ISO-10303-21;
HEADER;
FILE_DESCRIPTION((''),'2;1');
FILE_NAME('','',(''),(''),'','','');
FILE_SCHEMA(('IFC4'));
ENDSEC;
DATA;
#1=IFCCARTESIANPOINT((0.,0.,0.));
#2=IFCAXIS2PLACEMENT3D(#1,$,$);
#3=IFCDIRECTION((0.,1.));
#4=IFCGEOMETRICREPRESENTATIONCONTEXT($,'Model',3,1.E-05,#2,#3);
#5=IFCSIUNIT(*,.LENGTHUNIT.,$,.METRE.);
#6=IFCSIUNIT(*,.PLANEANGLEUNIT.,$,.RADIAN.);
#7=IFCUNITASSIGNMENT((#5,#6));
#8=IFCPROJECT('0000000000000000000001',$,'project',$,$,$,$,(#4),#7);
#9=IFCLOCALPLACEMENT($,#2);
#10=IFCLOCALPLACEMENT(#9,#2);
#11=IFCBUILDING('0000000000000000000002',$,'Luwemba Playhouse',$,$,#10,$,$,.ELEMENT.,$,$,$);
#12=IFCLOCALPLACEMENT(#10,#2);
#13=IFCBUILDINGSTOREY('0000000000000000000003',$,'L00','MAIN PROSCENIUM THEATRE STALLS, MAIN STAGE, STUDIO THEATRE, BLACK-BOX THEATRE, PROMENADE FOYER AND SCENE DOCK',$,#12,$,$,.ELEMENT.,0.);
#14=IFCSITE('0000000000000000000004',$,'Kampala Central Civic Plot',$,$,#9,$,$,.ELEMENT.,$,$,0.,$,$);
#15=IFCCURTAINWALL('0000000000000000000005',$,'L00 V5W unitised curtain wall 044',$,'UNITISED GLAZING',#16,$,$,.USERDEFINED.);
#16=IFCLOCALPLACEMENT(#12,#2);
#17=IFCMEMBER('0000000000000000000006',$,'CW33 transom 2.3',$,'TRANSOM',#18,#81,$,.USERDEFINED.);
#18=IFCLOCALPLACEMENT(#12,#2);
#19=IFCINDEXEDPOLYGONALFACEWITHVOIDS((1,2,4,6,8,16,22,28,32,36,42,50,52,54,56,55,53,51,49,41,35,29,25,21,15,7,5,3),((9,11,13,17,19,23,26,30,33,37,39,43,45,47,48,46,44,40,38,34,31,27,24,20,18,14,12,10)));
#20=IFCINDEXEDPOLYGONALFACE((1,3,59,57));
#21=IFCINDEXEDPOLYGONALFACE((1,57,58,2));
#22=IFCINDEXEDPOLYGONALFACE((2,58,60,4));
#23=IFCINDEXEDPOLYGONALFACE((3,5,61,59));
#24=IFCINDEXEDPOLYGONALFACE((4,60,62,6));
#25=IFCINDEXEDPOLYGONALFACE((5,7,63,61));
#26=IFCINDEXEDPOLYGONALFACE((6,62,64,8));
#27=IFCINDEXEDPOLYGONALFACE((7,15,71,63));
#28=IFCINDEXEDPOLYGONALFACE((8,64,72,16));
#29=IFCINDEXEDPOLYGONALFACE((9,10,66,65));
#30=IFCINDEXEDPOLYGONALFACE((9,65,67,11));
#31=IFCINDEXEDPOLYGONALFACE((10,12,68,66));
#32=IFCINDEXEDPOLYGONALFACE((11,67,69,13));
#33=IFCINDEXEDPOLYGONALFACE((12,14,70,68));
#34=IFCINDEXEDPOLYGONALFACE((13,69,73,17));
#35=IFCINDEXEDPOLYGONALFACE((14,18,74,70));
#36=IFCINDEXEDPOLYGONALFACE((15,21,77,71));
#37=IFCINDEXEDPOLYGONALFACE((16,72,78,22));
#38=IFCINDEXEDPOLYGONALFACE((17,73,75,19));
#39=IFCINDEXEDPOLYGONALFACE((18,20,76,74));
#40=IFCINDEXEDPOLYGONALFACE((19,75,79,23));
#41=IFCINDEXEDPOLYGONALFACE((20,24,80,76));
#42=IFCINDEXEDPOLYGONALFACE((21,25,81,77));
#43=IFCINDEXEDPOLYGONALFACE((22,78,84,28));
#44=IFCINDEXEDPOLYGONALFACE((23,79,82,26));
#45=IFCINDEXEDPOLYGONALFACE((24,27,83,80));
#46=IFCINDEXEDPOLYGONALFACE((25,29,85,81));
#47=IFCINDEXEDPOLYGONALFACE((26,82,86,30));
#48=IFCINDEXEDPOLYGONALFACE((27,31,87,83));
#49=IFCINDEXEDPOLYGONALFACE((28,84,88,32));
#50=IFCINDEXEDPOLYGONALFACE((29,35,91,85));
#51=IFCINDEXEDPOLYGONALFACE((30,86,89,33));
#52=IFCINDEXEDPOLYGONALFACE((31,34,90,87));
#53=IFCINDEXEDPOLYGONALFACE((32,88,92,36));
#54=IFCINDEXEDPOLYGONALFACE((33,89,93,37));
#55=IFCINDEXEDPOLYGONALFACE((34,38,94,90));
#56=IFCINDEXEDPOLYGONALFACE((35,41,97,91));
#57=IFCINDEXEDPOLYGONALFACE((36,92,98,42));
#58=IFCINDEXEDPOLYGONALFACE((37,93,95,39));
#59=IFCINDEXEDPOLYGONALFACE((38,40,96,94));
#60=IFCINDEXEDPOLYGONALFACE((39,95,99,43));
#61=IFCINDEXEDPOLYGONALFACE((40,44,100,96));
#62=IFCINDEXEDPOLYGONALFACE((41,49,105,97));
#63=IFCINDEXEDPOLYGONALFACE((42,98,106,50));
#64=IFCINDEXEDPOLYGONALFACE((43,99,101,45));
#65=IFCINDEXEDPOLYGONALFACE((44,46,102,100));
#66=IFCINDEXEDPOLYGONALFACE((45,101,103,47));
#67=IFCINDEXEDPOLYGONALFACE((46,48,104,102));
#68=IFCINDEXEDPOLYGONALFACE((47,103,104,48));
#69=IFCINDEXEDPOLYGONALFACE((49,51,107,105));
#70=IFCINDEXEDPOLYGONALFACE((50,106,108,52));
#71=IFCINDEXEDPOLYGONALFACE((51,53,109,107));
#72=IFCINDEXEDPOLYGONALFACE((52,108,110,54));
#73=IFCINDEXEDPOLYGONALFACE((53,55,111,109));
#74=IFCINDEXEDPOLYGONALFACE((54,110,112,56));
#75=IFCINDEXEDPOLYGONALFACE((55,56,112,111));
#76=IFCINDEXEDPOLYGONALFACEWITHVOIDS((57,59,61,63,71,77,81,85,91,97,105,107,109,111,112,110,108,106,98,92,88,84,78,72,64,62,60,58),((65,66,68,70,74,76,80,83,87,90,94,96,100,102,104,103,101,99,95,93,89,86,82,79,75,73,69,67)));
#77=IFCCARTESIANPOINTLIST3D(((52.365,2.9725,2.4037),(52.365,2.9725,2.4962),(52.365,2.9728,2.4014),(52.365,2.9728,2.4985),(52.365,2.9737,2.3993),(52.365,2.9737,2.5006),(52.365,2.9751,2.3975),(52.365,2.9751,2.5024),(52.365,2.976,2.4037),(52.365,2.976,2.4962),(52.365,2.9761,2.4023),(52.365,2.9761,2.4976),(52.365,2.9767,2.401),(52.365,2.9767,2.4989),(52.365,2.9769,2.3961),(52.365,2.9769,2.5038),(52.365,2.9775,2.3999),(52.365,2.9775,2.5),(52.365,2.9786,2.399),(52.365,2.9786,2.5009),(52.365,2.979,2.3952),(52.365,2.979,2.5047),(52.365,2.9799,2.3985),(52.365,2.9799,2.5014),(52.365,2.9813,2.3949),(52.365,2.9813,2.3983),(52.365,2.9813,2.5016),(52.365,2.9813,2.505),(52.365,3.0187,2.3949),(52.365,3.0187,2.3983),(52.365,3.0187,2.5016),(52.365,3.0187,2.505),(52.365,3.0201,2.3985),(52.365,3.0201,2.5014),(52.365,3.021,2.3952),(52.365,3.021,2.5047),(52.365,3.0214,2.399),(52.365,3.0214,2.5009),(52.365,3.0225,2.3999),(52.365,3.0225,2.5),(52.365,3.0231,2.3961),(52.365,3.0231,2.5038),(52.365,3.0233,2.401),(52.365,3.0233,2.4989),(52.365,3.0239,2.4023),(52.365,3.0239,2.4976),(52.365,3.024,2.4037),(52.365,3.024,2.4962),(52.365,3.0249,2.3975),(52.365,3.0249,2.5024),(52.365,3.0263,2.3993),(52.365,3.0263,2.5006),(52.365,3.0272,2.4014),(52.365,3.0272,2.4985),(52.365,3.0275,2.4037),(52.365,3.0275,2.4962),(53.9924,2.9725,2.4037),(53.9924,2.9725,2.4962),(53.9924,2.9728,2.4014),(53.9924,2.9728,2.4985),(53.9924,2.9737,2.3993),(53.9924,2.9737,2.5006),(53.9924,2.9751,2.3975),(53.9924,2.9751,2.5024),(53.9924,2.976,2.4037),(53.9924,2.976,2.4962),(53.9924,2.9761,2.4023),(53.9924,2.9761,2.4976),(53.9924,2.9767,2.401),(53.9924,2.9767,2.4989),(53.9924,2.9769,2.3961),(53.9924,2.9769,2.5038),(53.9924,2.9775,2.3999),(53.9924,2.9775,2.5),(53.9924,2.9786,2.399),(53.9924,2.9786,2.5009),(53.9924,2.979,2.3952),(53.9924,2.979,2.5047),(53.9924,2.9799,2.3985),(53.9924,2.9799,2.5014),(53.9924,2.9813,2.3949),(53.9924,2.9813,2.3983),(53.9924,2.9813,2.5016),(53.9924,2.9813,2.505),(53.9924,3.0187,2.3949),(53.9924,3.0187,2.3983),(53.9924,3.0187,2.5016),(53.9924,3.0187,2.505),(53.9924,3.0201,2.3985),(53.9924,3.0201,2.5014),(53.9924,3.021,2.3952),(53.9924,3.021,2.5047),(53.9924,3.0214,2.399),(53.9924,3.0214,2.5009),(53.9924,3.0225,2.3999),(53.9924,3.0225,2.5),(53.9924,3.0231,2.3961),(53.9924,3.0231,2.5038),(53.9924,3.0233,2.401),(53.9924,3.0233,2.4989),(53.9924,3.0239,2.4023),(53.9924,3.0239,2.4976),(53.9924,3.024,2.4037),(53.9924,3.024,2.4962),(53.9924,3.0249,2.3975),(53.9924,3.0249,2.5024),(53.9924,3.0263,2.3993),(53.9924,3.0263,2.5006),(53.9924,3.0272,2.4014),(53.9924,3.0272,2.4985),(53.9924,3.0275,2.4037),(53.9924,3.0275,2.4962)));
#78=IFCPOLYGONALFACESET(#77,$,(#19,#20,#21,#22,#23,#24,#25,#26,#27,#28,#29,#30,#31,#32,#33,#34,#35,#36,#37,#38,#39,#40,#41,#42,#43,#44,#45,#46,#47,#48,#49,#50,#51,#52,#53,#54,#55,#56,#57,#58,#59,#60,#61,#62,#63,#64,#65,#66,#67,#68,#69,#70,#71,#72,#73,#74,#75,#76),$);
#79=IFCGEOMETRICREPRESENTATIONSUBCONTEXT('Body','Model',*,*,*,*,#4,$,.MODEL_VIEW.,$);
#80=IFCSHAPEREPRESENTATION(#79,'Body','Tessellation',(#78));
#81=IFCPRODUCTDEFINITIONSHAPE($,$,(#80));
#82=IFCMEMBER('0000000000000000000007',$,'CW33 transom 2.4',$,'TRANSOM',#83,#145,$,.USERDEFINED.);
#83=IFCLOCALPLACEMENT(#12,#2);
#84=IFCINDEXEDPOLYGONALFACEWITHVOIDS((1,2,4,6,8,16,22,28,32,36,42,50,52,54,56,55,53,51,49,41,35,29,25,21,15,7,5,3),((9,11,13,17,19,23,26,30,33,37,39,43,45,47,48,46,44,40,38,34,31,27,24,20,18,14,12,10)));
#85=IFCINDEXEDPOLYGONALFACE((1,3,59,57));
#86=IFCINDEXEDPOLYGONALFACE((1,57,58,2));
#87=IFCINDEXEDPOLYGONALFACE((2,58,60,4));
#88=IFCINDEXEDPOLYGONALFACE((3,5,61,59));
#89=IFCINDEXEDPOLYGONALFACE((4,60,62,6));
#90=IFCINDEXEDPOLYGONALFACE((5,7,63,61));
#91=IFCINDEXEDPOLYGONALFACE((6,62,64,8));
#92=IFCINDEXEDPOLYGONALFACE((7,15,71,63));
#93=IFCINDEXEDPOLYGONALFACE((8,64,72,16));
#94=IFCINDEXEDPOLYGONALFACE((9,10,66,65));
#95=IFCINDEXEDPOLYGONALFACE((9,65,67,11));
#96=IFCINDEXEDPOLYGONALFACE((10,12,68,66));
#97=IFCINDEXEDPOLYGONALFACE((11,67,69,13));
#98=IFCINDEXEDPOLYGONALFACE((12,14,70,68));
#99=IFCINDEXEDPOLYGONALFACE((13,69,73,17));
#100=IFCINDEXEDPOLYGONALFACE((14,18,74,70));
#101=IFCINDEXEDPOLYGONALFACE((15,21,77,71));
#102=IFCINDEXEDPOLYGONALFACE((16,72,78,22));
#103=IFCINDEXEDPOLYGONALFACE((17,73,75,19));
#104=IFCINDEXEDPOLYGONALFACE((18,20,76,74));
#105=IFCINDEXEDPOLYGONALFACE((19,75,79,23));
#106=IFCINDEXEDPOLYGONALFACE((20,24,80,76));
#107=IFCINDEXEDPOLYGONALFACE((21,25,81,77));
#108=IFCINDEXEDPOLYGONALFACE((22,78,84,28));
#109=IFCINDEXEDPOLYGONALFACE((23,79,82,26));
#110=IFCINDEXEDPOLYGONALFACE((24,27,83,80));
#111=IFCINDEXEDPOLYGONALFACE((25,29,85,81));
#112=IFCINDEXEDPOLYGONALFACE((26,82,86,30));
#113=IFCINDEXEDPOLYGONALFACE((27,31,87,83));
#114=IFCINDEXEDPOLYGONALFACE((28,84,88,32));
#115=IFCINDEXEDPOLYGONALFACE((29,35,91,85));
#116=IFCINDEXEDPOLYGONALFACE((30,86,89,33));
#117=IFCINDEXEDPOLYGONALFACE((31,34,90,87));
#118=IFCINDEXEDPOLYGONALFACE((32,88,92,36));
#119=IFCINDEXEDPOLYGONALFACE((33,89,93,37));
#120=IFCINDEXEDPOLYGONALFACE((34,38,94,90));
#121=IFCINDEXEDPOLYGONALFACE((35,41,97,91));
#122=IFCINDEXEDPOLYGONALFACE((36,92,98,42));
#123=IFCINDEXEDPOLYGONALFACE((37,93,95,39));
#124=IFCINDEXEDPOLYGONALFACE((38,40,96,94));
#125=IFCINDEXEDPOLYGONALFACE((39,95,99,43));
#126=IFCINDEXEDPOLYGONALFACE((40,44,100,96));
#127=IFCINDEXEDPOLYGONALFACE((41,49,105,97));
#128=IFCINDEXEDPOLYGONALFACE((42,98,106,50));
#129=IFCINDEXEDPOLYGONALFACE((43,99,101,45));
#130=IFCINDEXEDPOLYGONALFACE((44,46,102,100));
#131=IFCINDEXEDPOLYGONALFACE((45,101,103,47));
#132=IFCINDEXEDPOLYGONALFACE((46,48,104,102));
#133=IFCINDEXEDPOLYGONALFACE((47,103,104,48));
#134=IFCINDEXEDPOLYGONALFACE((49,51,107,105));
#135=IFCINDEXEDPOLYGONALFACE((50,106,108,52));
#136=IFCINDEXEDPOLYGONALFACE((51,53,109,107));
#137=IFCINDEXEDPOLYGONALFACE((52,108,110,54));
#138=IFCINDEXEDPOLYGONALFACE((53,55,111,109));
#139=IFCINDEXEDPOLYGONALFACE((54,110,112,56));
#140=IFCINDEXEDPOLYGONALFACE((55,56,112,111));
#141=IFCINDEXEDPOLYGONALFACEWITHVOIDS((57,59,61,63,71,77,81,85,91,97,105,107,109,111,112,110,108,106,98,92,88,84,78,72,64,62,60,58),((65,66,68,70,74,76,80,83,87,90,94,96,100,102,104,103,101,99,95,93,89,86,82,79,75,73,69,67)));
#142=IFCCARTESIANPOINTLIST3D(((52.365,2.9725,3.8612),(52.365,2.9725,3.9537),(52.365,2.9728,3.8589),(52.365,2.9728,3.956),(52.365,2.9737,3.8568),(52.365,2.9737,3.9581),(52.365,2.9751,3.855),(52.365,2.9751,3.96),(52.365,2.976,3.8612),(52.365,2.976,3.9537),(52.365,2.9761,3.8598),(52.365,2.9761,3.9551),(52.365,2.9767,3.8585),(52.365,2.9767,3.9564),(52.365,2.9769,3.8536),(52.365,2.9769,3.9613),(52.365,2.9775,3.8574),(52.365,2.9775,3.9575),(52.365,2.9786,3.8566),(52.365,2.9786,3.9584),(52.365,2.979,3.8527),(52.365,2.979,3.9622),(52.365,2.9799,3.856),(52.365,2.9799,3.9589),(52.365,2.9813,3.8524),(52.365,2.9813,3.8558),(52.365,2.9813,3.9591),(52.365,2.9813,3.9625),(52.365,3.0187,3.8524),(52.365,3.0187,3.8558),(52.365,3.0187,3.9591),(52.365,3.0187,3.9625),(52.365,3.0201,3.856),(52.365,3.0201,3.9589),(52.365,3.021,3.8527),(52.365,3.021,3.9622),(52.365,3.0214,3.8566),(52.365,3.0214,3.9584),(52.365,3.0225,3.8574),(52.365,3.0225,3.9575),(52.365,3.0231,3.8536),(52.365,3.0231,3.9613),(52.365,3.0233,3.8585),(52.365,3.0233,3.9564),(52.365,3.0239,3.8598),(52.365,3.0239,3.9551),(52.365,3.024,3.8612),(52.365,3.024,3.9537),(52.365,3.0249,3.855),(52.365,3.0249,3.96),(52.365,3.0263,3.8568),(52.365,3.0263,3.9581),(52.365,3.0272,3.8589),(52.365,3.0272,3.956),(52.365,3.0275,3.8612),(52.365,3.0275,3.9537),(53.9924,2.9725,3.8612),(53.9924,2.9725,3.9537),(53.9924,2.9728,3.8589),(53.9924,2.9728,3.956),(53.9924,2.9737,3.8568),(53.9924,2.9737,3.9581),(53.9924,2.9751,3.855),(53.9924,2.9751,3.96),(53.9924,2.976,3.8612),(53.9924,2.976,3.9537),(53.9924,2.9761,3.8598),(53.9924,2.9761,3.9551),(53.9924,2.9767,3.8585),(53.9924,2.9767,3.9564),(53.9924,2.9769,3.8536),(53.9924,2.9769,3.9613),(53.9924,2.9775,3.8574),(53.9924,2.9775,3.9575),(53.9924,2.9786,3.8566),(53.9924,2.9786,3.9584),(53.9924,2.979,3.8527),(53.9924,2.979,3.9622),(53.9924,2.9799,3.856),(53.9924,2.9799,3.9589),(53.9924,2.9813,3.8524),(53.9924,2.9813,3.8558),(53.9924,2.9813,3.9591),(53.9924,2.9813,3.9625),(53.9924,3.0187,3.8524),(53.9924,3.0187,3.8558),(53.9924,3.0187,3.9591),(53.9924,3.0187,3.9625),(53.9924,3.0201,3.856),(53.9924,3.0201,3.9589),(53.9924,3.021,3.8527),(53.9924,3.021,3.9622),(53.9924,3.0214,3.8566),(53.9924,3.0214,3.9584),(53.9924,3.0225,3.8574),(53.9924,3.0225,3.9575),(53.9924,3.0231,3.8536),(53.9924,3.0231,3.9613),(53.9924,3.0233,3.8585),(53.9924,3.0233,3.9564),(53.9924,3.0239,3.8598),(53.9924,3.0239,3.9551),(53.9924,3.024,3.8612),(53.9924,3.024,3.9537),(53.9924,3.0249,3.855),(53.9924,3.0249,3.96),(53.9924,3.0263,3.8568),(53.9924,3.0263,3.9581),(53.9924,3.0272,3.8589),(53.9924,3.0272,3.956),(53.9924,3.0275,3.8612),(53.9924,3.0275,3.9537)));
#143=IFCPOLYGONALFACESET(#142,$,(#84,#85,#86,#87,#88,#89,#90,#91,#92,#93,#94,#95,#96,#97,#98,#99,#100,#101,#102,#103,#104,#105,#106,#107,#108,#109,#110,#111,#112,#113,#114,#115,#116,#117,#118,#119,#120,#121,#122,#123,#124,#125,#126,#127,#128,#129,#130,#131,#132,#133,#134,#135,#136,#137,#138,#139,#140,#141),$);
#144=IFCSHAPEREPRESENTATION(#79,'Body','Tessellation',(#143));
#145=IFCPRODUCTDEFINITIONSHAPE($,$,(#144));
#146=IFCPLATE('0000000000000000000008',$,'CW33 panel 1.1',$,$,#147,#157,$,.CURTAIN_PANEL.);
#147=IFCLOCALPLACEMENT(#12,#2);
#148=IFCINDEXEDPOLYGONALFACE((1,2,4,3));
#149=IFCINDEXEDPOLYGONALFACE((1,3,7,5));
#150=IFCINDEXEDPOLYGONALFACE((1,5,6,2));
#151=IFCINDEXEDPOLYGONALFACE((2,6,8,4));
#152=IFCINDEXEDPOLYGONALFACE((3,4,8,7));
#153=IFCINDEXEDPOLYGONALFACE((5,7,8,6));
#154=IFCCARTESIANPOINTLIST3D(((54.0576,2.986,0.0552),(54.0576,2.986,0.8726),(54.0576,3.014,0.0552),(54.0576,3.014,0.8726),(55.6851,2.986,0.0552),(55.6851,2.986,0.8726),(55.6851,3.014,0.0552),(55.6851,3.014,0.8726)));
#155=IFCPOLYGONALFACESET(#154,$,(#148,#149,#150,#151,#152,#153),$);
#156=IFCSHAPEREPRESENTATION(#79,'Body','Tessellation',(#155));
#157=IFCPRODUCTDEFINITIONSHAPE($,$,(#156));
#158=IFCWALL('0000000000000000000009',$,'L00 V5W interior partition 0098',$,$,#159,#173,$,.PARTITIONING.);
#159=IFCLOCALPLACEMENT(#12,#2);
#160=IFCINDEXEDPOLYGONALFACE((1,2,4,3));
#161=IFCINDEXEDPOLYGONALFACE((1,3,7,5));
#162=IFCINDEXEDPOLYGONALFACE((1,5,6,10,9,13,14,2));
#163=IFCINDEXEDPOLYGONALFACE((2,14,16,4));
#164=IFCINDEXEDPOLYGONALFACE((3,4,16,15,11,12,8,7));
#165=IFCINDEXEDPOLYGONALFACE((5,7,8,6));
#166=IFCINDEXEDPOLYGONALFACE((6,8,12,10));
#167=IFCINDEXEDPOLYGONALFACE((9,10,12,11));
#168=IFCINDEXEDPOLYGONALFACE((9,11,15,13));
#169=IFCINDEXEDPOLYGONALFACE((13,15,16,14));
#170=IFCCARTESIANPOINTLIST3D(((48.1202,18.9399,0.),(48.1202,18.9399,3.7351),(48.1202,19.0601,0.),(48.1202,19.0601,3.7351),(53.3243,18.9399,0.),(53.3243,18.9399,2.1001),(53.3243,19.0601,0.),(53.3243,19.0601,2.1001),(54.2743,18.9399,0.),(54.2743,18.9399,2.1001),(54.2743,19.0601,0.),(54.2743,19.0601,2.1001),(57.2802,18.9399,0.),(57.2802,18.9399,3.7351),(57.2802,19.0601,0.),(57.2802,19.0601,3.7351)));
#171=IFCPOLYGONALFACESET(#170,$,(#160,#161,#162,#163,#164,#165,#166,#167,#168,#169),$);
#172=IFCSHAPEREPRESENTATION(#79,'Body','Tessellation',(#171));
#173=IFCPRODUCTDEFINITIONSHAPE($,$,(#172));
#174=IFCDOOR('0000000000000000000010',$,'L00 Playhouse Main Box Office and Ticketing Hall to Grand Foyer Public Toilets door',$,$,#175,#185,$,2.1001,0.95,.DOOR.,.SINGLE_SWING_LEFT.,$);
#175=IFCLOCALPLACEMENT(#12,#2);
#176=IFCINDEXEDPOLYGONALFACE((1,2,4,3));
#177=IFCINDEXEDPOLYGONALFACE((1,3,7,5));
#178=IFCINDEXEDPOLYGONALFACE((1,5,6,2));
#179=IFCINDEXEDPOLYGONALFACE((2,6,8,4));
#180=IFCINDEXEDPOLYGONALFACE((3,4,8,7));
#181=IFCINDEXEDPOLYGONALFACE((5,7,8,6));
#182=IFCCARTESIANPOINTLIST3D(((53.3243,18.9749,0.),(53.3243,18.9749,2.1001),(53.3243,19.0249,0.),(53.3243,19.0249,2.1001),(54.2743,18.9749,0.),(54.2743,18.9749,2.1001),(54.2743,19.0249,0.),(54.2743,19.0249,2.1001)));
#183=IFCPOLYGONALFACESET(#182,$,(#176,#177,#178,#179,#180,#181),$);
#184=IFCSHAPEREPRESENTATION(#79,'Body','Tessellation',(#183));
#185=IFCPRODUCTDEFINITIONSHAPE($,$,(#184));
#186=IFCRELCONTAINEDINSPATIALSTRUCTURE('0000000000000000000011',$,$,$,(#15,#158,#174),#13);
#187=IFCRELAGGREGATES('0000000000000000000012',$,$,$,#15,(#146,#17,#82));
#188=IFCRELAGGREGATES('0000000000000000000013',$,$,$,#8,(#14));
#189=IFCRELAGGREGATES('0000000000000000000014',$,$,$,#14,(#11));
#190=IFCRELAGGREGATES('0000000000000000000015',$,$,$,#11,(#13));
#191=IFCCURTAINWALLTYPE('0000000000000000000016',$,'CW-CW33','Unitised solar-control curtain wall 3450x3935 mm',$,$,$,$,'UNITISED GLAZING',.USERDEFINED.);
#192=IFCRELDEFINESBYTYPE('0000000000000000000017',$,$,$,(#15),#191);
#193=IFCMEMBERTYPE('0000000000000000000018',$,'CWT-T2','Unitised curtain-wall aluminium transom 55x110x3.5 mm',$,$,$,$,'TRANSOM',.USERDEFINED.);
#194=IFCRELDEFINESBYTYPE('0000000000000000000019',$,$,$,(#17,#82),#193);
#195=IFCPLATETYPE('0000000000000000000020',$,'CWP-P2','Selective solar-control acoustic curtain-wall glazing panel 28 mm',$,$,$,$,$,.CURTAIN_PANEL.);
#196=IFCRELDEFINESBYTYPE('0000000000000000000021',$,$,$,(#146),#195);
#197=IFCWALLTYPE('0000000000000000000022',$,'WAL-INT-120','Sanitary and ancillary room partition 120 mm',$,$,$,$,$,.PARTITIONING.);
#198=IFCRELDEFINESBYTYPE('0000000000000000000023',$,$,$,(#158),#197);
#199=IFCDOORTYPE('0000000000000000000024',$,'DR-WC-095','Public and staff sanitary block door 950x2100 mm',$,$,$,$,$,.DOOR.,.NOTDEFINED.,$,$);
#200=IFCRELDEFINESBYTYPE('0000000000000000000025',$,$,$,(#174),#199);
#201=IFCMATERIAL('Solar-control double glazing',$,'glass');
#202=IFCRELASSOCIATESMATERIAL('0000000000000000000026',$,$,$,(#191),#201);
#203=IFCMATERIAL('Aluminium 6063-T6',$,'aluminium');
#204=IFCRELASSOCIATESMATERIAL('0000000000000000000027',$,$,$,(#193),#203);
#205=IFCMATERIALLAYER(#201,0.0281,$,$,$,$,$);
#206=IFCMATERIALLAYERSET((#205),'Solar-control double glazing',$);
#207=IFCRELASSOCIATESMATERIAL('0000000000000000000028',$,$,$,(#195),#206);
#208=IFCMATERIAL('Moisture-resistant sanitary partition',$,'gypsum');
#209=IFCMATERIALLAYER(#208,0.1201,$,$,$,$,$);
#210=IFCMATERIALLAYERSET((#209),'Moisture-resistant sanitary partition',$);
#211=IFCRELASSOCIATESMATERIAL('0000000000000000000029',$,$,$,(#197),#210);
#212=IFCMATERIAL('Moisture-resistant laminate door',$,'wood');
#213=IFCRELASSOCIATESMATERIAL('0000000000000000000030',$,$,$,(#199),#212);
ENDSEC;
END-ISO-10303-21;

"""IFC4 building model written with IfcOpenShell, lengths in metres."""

from ifc_helpers import new_model, si_unit, direction, frame, frame_2d, origin, origin_2d, place, context, subcontext, project, spatial, rectangle, hollow_rectangle, extrude, material, layer, layer_set, material_profile, profile_set, type_object, element, fill, aggregate, save


model = new_model("IFC4")

# Units and contexts
model_context = context("Model", 3, precision=1e-05, world=origin(), true_north=direction((0.0, 1.0)))
body_context = subcontext(model_context, "Body", "Model", "MODEL_VIEW")
ifc_project = project(units=[si_unit("LENGTHUNIT", "METRE"), si_unit("PLANEANGLEUNIT", "RADIAN")], contexts=[model_context])

# Site, building, storey
site_placement = place(None, origin())
site = spatial("IfcSite", under=ifc_project, at=site_placement, Name="Kampala Central Civic Plot", CompositionType="ELEMENT", RefElevation=0.0)
building_placement = place(site_placement, origin())
building = spatial("IfcBuilding", under=site, at=building_placement, Name="Luwemba Playhouse", CompositionType="ELEMENT")
storey_placement = place(building_placement, origin())
storey = spatial("IfcBuildingStorey", under=building, at=storey_placement, Name="L00", Description="MAIN PROSCENIUM THEATRE STALLS, MAIN STAGE, STUDIO THEATRE, BLACK-BOX THEATRE, PROMENADE FOYER AND SCENE DOCK", CompositionType="ELEMENT", Elevation=0.0)

# Curtain wall, members, plate
ifc_material_1 = material(Name="Solar-control double glazing", Category="glass")
curtain_wall_type = type_object("IfcCurtainWallType", Name="CW-CW33", Description="Unitised solar-control curtain wall 3450x3935 mm", ElementType="UNITISED GLAZING", PredefinedType="USERDEFINED", material=ifc_material_1)
curtain_wall_placement = place(storey_placement, origin())
curtain_wall = element("IfcCurtainWall", 1, at=curtain_wall_placement, inside=storey, type_object=curtain_wall_type, Name="L00 V5W unitised curtain wall 044", ObjectType="UNITISED GLAZING", PredefinedType="USERDEFINED")
ifc_material_2 = material(Name="Aluminium 6063-T6", Category="aluminium")
ifc_material_profile_1 = material_profile(ifc_material_2, hollow_rectangle(XDim=0.0549, YDim=0.1101, WallThickness=0.0034, InnerFilletRadius=0.0054, OuterFilletRadius=0.0088, at=origin_2d()))
ifc_profile_set_1 = profile_set([ifc_material_profile_1], Name="Aluminium 6063-T6")
member_type_1 = type_object("IfcMemberType", Name="CWT-T2", Description="Unitised curtain-wall aluminium transom 55x110x3.5 mm", ElementType="TRANSOM", PredefinedType="USERDEFINED", material=ifc_profile_set_1)
member_1_placement = place(storey_placement, frame((53.9924, 3.0, 2.45), z_axis=(-1.0, 0.0, 0.0), x_axis=(0.0, -1.0, 0.0)))
member_1 = element("IfcMember", 2, at=member_1_placement, type_object=member_type_1, Name="CW33 transom 2.3", ObjectType="TRANSOM", PredefinedType="USERDEFINED", context=body_context, shape_type="SweptSolid", body=[
    extrude(hollow_rectangle(XDim=0.0549, YDim=0.1101, WallThickness=0.0034, InnerFilletRadius=0.0054, OuterFilletRadius=0.0088, at=origin_2d()), origin(), (0.0, 0.0, 1.0), 1.6274),
])
member_2_placement = place(storey_placement, frame((53.9924, 3.0, 3.9075), z_axis=(-1.0, 0.0, 0.0), x_axis=(0.0, -1.0, 0.0)))
member_2 = element("IfcMember", 3, at=member_2_placement, type_object=member_type_1, Name="CW33 transom 2.4", ObjectType="TRANSOM", PredefinedType="USERDEFINED", context=body_context, shape_type="SweptSolid", body=[
    extrude(hollow_rectangle(XDim=0.0549, YDim=0.1101, WallThickness=0.0034, InnerFilletRadius=0.0054, OuterFilletRadius=0.0088, at=origin_2d()), origin(), (0.0, 0.0, 1.0), 1.6274),
])
ifc_layer_1 = layer(ifc_material_1, 0.0281)
ifc_layer_set_1 = layer_set([ifc_layer_1], Name="Solar-control double glazing")
plate_type = type_object("IfcPlateType", Name="CWP-P2", Description="Selective solar-control acoustic curtain-wall glazing panel 28 mm", PredefinedType="CURTAIN_PANEL", material=ifc_layer_set_1)
plate_placement = place(storey_placement, frame((54.8713, 3.0, 0.0552), z_axis=(0.0, 0.0, 1.0), x_axis=(-1.0, 0.0, 0.0)))
plate = element("IfcPlate", 4, at=plate_placement, type_object=plate_type, Name="CW33 panel 1.1", PredefinedType="CURTAIN_PANEL", context=body_context, shape_type="SweptSolid", body=[
    extrude(rectangle(XDim=1.6274, YDim=0.0281, at=origin_2d()), origin(), (0.0, 0.0, 1.0), 0.8174),
])
aggregate(curtain_wall, [plate, member_1, member_2])

# Wall, opening, door
ifc_material_3 = material(Name="Moisture-resistant sanitary partition", Category="gypsum")
ifc_layer_2 = layer(ifc_material_3, 0.1201)
ifc_layer_set_2 = layer_set([ifc_layer_2], Name="Moisture-resistant sanitary partition")
wall_type_1 = type_object("IfcWallType", Name="WAL-INT-120", Description="Sanitary and ancillary room partition 120 mm", PredefinedType="PARTITIONING", material=ifc_layer_set_2)
wall_1_placement = place(storey_placement, frame((48.1201, 19.0, 0.0), z_axis=(0.0, 0.0, 1.0), x_axis=(1.0, 0.0, 0.0)))
wall_1 = element("IfcWall", 5, at=wall_1_placement, inside=storey, type_object=wall_type_1, Name="L00 V5W interior partition 0098", PredefinedType="PARTITIONING", context=body_context, shape_type="SweptSolid", body=[
    extrude(rectangle(XDim=9.1599, YDim=0.1201, at=frame_2d((4.5801, 0.0))), origin(), (0.0, 0.0, 1.0), 3.7351),
])
opening_1_placement = place(wall_1_placement, frame((5.2041, 0.0, 0.0)))
opening_1 = element("IfcOpeningElement", 6, at=opening_1_placement, cuts=wall_1, PredefinedType="OPENING", context=body_context, shape_type="SweptSolid", body=[
    extrude(rectangle(XDim=0.95, YDim=2.1001, at=frame_2d((0.4751, 1.05))), frame((0.0, 0.0701, 0.0), z_axis=(0.0, -1.0, 0.0), x_axis=(1.0, 0.0, 0.0)), (0.0, 0.0, 1.0), 0.1401),
])
ifc_material_4 = material(Name="Moisture-resistant laminate door", Category="wood")
door_type_1 = type_object("IfcDoorType", Name="DR-WC-095", Description="Public and staff sanitary block door 950x2100 mm", OperationType="NOTDEFINED", PredefinedType="DOOR", material=ifc_material_4)
door_1_placement = place(opening_1_placement, origin())
door_1 = element("IfcDoor", 7, at=door_1_placement, inside=storey, type_object=door_type_1, Name="L00 Playhouse Main Box Office and Ticketing Hall to Grand Foyer Public Toilets door", OperationType="SINGLE_SWING_LEFT", OverallHeight=2.1001, OverallWidth=0.95, PredefinedType="DOOR", context=body_context, shape_type="SweptSolid", body=[
    extrude(rectangle(XDim=0.95, YDim=2.1001, at=frame_2d((0.4751, 1.05))), frame((0.0, 0.0249, 0.0), z_axis=(0.0, -1.0, 0.0), x_axis=(1.0, 0.0, 0.0)), (0.0, 0.0, 1.0), 0.05),
])
fill(opening_1, door_1)

save(model, "model.ifc")
